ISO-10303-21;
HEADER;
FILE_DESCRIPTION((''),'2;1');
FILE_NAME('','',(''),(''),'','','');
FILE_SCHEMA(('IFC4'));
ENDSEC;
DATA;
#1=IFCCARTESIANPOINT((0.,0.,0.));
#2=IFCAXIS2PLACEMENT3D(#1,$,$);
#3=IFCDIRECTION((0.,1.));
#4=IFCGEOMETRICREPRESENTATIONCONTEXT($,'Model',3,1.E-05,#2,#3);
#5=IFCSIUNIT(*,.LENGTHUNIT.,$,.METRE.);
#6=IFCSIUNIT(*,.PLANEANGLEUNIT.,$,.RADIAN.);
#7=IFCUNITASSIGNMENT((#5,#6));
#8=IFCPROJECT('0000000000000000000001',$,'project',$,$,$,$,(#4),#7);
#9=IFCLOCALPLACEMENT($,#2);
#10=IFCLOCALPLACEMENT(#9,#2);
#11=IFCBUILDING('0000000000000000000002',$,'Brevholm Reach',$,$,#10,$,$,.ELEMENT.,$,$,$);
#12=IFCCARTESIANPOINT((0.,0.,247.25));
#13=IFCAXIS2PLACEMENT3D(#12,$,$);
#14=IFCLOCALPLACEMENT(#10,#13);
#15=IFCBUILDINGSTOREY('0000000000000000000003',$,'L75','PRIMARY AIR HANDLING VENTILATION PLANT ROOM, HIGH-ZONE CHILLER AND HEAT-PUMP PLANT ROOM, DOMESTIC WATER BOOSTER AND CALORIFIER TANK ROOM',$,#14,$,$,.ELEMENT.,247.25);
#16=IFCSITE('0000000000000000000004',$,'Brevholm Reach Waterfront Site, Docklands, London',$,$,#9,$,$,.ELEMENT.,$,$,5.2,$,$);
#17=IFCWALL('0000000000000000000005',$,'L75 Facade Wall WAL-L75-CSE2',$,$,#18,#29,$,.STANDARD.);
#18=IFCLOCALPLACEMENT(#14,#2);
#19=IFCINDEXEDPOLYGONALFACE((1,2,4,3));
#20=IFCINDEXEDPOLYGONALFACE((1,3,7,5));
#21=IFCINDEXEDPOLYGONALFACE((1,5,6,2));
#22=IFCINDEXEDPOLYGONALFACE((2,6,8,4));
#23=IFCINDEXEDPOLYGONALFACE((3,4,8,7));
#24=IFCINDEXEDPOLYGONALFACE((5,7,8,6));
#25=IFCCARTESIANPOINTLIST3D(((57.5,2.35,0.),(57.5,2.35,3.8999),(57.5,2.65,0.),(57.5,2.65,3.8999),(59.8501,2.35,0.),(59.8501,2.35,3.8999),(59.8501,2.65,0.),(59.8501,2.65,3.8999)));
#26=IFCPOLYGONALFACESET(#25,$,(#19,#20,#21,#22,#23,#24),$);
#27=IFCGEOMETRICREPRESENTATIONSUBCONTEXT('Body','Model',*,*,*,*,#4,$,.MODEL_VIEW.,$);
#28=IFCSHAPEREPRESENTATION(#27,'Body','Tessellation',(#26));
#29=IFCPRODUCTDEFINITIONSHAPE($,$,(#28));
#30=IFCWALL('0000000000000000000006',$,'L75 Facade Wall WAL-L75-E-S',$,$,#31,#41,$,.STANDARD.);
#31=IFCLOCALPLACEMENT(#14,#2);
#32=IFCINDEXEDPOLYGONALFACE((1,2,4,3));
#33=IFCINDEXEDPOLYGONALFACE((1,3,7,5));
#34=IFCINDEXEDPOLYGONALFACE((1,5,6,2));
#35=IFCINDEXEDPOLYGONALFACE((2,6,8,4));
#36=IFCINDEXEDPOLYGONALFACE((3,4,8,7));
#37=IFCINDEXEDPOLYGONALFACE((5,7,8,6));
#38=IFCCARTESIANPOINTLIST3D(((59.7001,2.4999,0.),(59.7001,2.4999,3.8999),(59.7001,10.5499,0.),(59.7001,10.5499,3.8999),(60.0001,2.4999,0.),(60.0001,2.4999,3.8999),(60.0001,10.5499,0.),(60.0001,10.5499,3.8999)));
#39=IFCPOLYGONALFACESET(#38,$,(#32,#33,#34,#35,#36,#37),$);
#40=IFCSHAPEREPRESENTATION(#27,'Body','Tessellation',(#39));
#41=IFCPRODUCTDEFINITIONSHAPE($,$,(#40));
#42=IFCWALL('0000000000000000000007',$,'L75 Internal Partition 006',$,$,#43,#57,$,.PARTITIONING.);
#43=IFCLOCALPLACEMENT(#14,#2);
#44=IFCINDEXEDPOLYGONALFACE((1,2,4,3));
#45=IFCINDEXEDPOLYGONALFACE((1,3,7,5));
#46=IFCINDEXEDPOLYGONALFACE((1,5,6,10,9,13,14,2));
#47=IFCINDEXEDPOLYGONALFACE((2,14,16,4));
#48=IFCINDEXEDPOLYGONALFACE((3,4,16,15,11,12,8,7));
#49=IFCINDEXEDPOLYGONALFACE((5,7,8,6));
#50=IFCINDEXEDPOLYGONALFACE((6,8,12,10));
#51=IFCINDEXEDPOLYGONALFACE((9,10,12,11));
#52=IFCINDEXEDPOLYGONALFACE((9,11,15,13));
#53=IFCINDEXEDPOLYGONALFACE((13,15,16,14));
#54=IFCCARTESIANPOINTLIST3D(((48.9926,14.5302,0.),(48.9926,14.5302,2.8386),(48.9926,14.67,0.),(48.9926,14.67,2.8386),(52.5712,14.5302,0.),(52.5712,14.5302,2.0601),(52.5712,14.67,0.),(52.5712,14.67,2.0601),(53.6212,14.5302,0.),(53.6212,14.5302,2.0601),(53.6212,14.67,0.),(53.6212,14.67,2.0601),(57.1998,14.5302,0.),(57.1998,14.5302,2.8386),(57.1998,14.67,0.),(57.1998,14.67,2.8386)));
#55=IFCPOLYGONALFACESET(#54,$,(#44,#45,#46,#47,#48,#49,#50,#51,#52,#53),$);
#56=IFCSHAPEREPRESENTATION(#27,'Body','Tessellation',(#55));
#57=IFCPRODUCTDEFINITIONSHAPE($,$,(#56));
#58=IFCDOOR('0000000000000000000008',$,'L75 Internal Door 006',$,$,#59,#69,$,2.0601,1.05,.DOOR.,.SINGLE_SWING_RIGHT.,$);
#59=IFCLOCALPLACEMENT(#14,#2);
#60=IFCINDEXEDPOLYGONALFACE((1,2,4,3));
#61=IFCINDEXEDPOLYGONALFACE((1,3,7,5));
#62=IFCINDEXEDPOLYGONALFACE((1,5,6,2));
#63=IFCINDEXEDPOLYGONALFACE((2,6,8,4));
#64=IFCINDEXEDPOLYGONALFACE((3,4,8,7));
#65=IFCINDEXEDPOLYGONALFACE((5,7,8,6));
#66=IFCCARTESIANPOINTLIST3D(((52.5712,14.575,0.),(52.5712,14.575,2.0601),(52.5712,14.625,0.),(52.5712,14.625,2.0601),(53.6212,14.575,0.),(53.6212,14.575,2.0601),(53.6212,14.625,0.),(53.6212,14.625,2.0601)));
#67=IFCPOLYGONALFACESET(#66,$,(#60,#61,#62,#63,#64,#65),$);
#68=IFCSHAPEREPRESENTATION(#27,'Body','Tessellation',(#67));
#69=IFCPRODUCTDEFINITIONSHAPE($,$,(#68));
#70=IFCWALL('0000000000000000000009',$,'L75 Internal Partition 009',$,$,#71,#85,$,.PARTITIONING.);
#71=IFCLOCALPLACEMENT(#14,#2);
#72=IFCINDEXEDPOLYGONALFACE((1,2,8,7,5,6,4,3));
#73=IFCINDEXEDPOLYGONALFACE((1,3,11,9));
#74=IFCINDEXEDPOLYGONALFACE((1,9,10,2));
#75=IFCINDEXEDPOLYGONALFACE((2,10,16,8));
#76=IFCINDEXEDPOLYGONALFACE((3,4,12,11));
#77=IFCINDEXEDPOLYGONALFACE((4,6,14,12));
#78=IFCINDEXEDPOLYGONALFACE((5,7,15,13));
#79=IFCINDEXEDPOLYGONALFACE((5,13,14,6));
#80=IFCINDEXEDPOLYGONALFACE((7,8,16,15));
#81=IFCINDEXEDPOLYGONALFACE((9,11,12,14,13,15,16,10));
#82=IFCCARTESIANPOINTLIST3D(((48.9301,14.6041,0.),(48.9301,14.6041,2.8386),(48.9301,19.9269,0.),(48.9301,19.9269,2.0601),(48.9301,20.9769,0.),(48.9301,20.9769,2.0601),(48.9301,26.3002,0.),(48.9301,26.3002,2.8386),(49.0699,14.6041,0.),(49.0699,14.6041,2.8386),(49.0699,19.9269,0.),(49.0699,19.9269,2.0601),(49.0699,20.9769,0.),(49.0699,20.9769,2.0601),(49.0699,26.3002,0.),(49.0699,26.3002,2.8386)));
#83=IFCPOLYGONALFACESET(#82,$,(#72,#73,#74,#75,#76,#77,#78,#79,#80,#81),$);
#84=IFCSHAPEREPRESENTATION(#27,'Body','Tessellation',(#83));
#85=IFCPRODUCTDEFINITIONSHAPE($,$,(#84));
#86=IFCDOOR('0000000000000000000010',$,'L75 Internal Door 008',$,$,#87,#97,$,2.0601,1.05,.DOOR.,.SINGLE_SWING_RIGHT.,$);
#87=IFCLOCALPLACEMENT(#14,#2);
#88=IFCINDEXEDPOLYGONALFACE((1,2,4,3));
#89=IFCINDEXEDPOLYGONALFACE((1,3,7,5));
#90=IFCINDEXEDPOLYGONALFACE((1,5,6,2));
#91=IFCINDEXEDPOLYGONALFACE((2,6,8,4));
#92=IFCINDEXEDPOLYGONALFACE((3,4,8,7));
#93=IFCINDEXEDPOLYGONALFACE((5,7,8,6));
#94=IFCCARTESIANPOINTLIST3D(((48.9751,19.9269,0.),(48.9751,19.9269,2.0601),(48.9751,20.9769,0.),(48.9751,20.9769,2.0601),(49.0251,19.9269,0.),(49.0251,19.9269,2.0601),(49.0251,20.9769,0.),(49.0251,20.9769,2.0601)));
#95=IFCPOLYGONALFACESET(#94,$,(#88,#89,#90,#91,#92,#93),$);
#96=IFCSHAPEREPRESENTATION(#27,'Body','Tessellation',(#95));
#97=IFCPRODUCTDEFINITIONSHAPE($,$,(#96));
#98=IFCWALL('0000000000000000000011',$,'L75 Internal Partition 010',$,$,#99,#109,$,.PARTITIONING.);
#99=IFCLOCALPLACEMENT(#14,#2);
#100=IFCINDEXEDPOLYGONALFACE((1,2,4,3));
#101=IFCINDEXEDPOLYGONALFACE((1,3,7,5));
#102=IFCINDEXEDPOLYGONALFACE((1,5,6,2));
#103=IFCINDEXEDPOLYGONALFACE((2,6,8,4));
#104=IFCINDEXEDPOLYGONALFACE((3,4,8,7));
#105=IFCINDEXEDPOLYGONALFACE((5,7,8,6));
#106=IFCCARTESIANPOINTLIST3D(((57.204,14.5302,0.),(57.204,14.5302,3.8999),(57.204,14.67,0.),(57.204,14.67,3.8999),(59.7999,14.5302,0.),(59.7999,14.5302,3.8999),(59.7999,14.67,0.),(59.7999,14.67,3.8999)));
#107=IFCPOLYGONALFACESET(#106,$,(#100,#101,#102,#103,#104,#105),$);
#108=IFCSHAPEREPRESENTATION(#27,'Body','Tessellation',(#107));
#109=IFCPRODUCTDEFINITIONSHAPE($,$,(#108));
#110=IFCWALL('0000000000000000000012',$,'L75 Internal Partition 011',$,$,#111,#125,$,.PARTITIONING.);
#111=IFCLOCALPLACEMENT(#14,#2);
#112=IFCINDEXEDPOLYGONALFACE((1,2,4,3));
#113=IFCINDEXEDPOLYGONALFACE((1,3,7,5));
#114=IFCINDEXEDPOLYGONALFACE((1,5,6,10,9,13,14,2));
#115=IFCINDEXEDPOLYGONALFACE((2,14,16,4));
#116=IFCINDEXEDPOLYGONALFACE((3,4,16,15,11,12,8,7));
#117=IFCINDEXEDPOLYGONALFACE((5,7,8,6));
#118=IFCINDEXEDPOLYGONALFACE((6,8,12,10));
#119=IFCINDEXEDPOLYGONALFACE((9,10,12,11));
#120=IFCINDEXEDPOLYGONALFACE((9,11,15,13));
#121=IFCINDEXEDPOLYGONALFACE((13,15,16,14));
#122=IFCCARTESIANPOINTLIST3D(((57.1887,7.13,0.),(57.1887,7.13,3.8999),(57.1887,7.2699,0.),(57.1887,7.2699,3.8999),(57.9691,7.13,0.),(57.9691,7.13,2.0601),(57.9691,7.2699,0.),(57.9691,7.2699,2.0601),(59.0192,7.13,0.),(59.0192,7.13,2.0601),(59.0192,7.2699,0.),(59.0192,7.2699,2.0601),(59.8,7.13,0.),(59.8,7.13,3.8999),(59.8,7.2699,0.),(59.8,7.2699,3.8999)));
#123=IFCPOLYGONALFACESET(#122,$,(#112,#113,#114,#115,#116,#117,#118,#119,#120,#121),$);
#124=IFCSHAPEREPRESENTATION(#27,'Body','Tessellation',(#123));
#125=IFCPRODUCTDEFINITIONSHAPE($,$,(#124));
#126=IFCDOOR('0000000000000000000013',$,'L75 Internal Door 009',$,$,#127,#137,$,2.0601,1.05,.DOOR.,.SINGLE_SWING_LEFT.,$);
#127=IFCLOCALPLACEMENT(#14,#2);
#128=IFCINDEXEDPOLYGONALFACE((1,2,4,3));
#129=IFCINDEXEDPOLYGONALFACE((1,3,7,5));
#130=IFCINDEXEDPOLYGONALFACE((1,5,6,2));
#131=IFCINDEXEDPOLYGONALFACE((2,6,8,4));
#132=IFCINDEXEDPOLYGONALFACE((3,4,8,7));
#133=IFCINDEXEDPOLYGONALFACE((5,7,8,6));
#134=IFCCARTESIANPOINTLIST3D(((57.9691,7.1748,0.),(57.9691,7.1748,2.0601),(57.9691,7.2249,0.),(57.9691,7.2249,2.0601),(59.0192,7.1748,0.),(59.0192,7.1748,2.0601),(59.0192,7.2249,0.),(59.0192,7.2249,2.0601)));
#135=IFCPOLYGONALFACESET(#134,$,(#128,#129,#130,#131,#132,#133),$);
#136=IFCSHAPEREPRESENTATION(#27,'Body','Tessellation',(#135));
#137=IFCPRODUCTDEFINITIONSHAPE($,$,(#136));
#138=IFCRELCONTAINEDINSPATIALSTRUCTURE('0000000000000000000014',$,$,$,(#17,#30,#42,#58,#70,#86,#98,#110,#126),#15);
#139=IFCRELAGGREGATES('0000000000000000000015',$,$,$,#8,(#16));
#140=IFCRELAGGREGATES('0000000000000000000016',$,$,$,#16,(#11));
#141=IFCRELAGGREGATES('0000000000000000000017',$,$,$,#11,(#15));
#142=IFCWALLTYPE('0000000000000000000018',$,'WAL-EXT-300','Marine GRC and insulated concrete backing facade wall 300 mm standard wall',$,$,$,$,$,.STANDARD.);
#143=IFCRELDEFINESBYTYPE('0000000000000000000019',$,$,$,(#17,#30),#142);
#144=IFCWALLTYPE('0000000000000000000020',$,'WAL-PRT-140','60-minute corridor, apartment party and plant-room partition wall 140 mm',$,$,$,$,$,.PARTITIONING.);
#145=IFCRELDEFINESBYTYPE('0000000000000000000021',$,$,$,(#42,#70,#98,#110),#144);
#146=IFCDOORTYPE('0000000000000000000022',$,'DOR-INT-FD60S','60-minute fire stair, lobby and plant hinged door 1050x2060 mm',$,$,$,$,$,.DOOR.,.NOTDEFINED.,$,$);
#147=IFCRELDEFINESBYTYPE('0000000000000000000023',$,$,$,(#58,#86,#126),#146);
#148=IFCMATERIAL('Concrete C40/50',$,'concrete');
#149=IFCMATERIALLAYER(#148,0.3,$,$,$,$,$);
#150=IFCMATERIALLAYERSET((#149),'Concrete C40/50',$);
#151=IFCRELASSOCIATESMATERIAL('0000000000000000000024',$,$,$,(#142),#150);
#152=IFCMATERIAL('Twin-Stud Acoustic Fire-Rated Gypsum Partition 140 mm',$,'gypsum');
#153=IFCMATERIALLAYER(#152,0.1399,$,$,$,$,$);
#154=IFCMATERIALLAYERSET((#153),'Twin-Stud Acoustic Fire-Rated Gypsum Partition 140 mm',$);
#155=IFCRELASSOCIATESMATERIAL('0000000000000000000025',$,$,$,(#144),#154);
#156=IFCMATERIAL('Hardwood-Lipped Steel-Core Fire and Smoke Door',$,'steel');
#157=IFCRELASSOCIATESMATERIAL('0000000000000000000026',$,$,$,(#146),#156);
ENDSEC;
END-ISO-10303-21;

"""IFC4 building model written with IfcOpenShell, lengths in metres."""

from ifc_helpers import new_model, si_unit, direction, frame, frame_2d, origin, place, context, subcontext, project, spatial, rectangle, extrude, material, layer, layer_set, type_object, element, fill, save


model = new_model("IFC4")

# Units and contexts
model_context = context("Model", 3, precision=1e-05, world=origin(), true_north=direction((0.0, 1.0)))
body_context = subcontext(model_context, "Body", "Model", "MODEL_VIEW")
ifc_project = project(units=[si_unit("LENGTHUNIT", "METRE"), si_unit("PLANEANGLEUNIT", "RADIAN")], contexts=[model_context])

# Site, building, storey
site_placement = place(None, origin())
site = spatial("IfcSite", under=ifc_project, at=site_placement, Name="Brevholm Reach Waterfront Site, Docklands, London", CompositionType="ELEMENT", RefElevation=5.2)
building_placement = place(site_placement, origin())
building = spatial("IfcBuilding", under=site, at=building_placement, Name="Brevholm Reach", CompositionType="ELEMENT")
storey_placement = place(building_placement, frame((0.0, 0.0, 247.25)))
storey = spatial("IfcBuildingStorey", under=building, at=storey_placement, Name="L75", Description="PRIMARY AIR HANDLING VENTILATION PLANT ROOM, HIGH-ZONE CHILLER AND HEAT-PUMP PLANT ROOM, DOMESTIC WATER BOOSTER AND CALORIFIER TANK ROOM", CompositionType="ELEMENT", Elevation=247.25)

# Walls
ifc_material_1 = material(Name="Concrete C40/50", Category="concrete")
ifc_layer_1 = layer(ifc_material_1, 0.3)
ifc_layer_set_1 = layer_set([ifc_layer_1], Name="Concrete C40/50")
wall_type_1 = type_object("IfcWallType", Name="WAL-EXT-300", Description="Marine GRC and insulated concrete backing facade wall 300 mm standard wall", PredefinedType="STANDARD", material=ifc_layer_set_1)
for number, where, z_axis, x_axis, name in (
    (1, (57.5, 2.5, 0.0), (0.0, 0.0, 1.0), (1.0, 0.0, 0.0), "L75 Facade Wall WAL-L75-CSE2"),
):
    element("IfcWall", number, at=place(storey_placement, frame(where, z_axis=z_axis, x_axis=x_axis)), inside=storey, type_object=wall_type_1, Name=name, PredefinedType="STANDARD", context=body_context, shape_type="SweptSolid", body=[
        extrude(rectangle(XDim=2.3501, YDim=0.3, at=frame_2d((1.175, 0.0))), origin(), (0.0, 0.0, 1.0), 3.8999),
    ])
wall_1_placement = place(storey_placement, frame((59.8501, 2.5, 0.0), z_axis=(0.0, 0.0, 1.0), x_axis=(0.0, 1.0, 0.0)))
element("IfcWall", 2, at=wall_1_placement, inside=storey, type_object=wall_type_1, Name="L75 Facade Wall WAL-L75-E-S", PredefinedType="STANDARD", context=body_context, shape_type="SweptSolid", body=[
    extrude(rectangle(XDim=8.05, YDim=0.3, at=frame_2d((4.0249, 0.0))), origin(), (0.0, 0.0, 1.0), 3.8999),
])

# Walls, openings, doors
ifc_material_2 = material(Name="Twin-Stud Acoustic Fire-Rated Gypsum Partition 140 mm", Category="gypsum")
ifc_layer_2 = layer(ifc_material_2, 0.1399)
ifc_layer_set_2 = layer_set([ifc_layer_2], Name="Twin-Stud Acoustic Fire-Rated Gypsum Partition 140 mm")
wall_type_2 = type_object("IfcWallType", Name="WAL-PRT-140", Description="60-minute corridor, apartment party and plant-room partition wall 140 mm", PredefinedType="PARTITIONING", material=ifc_layer_set_2)
wall_2_placement = place(storey_placement, frame((48.9927, 14.6001, 0.0), z_axis=(0.0, 0.0, 1.0), x_axis=(1.0, 0.0, 0.0)))
wall_2 = element("IfcWall", 3, at=wall_2_placement, inside=storey, type_object=wall_type_2, Name="L75 Internal Partition 006", PredefinedType="PARTITIONING", context=body_context, shape_type="SweptSolid", body=[
    extrude(rectangle(XDim=8.2073, YDim=0.1399, at=frame_2d((4.1035, 0.0))), origin(), (0.0, 0.0, 1.0), 2.8386),
])
opening_1_placement = place(wall_2_placement, frame((3.5786, 0.0, 0.0)))
opening_1 = element("IfcOpeningElement", 4, at=opening_1_placement, cuts=wall_2, PredefinedType="OPENING", context=body_context, shape_type="SweptSolid", body=[
    extrude(rectangle(XDim=1.05, YDim=2.0601, at=frame_2d((0.5249, 1.03))), frame((0.0, 0.0798, 0.0), z_axis=(0.0, -1.0, 0.0), x_axis=(1.0, 0.0, 0.0)), (0.0, 0.0, 1.0), 0.1599),
])
ifc_material_3 = material(Name="Hardwood-Lipped Steel-Core Fire and Smoke Door", Category="steel")
door_type = type_object("IfcDoorType", Name="DOR-INT-FD60S", Description="60-minute fire stair, lobby and plant hinged door 1050x2060 mm", OperationType="NOTDEFINED", PredefinedType="DOOR", material=ifc_material_3)
door_1_placement = place(opening_1_placement, origin())
door_1 = element("IfcDoor", 5, at=door_1_placement, inside=storey, type_object=door_type, Name="L75 Internal Door 006", OperationType="SINGLE_SWING_RIGHT", OverallHeight=2.0601, OverallWidth=1.05, PredefinedType="DOOR", context=body_context, shape_type="SweptSolid", body=[
    extrude(rectangle(XDim=1.05, YDim=2.0601, at=frame_2d((0.5249, 1.03))), frame((0.0, 0.0249, 0.0), z_axis=(0.0, -1.0, 0.0), x_axis=(1.0, 0.0, 0.0)), (0.0, 0.0, 1.0), 0.05),
])
fill(opening_1, door_1)
wall_3_placement = place(storey_placement, frame((49.0, 14.604, 0.0), z_axis=(0.0, 0.0, 1.0), x_axis=(0.0, 1.0, 0.0)))
wall_3 = element("IfcWall", 6, at=wall_3_placement, inside=storey, type_object=wall_type_2, Name="L75 Internal Partition 009", PredefinedType="PARTITIONING", context=body_context, shape_type="SweptSolid", body=[
    extrude(rectangle(XDim=11.696, YDim=0.1399, at=frame_2d((5.8481, 0.0))), origin(), (0.0, 0.0, 1.0), 2.8386),
])
opening_2_placement = place(wall_3_placement, frame((5.323, 0.0, 0.0)))
opening_2 = element("IfcOpeningElement", 7, at=opening_2_placement, cuts=wall_3, PredefinedType="OPENING", context=body_context, shape_type="SweptSolid", body=[
    extrude(rectangle(XDim=1.05, YDim=2.0601, at=frame_2d((0.5249, 1.03))), frame((0.0, 0.0798, 0.0), z_axis=(0.0, -1.0, 0.0), x_axis=(1.0, 0.0, 0.0)), (0.0, 0.0, 1.0), 0.1599),
])
door_2_placement = place(opening_2_placement, origin())
door_2 = element("IfcDoor", 8, at=door_2_placement, inside=storey, type_object=door_type, Name="L75 Internal Door 008", OperationType="SINGLE_SWING_RIGHT", OverallHeight=2.0601, OverallWidth=1.05, PredefinedType="DOOR", context=body_context, shape_type="SweptSolid", body=[
    extrude(rectangle(XDim=1.05, YDim=2.0601, at=frame_2d((0.5249, 1.03))), frame((0.0, 0.0249, 0.0), z_axis=(0.0, -1.0, 0.0), x_axis=(1.0, 0.0, 0.0)), (0.0, 0.0, 1.0), 0.05),
])
fill(opening_2, door_2)

# Wall
wall_4_placement = place(storey_placement, frame((57.2041, 14.6001, 0.0), z_axis=(0.0, 0.0, 1.0), x_axis=(1.0, 0.0, 0.0)))
element("IfcWall", 9, at=wall_4_placement, inside=storey, type_object=wall_type_2, Name="L75 Internal Partition 010", PredefinedType="PARTITIONING", context=body_context, shape_type="SweptSolid", body=[
    extrude(rectangle(XDim=2.5959, YDim=0.1399, at=frame_2d((1.2979, 0.0))), origin(), (0.0, 0.0, 1.0), 3.8999),
])

# Wall, opening, door
wall_5_placement = place(storey_placement, frame((57.1887, 7.2, 0.0), z_axis=(0.0, 0.0, 1.0), x_axis=(1.0, 0.0, 0.0)))
wall_5 = element("IfcWall", 10, at=wall_5_placement, inside=storey, type_object=wall_type_2, Name="L75 Internal Partition 011", PredefinedType="PARTITIONING", context=body_context, shape_type="SweptSolid", body=[
    extrude(rectangle(XDim=2.6113, YDim=0.1399, at=frame_2d((1.3057, 0.0))), origin(), (0.0, 0.0, 1.0), 3.8999),
])
opening_3_placement = place(wall_5_placement, frame((0.7805, 0.0, 0.0)))
opening_3 = element("IfcOpeningElement", 11, at=opening_3_placement, cuts=wall_5, PredefinedType="OPENING", context=body_context, shape_type="SweptSolid", body=[
    extrude(rectangle(XDim=1.05, YDim=2.0601, at=frame_2d((0.5249, 1.03))), frame((0.0, 0.0798, 0.0), z_axis=(0.0, -1.0, 0.0), x_axis=(1.0, 0.0, 0.0)), (0.0, 0.0, 1.0), 0.1599),
])
door_3_placement = place(opening_3_placement, origin())
door_3 = element("IfcDoor", 12, at=door_3_placement, inside=storey, type_object=door_type, Name="L75 Internal Door 009", OperationType="SINGLE_SWING_LEFT", OverallHeight=2.0601, OverallWidth=1.05, PredefinedType="DOOR", context=body_context, shape_type="SweptSolid", body=[
    extrude(rectangle(XDim=1.05, YDim=2.0601, at=frame_2d((0.5249, 1.03))), frame((0.0, 0.0249, 0.0), z_axis=(0.0, -1.0, 0.0), x_axis=(1.0, 0.0, 0.0)), (0.0, 0.0, 1.0), 0.05),
])
fill(opening_3, door_3)

save(model, "model.ifc")
